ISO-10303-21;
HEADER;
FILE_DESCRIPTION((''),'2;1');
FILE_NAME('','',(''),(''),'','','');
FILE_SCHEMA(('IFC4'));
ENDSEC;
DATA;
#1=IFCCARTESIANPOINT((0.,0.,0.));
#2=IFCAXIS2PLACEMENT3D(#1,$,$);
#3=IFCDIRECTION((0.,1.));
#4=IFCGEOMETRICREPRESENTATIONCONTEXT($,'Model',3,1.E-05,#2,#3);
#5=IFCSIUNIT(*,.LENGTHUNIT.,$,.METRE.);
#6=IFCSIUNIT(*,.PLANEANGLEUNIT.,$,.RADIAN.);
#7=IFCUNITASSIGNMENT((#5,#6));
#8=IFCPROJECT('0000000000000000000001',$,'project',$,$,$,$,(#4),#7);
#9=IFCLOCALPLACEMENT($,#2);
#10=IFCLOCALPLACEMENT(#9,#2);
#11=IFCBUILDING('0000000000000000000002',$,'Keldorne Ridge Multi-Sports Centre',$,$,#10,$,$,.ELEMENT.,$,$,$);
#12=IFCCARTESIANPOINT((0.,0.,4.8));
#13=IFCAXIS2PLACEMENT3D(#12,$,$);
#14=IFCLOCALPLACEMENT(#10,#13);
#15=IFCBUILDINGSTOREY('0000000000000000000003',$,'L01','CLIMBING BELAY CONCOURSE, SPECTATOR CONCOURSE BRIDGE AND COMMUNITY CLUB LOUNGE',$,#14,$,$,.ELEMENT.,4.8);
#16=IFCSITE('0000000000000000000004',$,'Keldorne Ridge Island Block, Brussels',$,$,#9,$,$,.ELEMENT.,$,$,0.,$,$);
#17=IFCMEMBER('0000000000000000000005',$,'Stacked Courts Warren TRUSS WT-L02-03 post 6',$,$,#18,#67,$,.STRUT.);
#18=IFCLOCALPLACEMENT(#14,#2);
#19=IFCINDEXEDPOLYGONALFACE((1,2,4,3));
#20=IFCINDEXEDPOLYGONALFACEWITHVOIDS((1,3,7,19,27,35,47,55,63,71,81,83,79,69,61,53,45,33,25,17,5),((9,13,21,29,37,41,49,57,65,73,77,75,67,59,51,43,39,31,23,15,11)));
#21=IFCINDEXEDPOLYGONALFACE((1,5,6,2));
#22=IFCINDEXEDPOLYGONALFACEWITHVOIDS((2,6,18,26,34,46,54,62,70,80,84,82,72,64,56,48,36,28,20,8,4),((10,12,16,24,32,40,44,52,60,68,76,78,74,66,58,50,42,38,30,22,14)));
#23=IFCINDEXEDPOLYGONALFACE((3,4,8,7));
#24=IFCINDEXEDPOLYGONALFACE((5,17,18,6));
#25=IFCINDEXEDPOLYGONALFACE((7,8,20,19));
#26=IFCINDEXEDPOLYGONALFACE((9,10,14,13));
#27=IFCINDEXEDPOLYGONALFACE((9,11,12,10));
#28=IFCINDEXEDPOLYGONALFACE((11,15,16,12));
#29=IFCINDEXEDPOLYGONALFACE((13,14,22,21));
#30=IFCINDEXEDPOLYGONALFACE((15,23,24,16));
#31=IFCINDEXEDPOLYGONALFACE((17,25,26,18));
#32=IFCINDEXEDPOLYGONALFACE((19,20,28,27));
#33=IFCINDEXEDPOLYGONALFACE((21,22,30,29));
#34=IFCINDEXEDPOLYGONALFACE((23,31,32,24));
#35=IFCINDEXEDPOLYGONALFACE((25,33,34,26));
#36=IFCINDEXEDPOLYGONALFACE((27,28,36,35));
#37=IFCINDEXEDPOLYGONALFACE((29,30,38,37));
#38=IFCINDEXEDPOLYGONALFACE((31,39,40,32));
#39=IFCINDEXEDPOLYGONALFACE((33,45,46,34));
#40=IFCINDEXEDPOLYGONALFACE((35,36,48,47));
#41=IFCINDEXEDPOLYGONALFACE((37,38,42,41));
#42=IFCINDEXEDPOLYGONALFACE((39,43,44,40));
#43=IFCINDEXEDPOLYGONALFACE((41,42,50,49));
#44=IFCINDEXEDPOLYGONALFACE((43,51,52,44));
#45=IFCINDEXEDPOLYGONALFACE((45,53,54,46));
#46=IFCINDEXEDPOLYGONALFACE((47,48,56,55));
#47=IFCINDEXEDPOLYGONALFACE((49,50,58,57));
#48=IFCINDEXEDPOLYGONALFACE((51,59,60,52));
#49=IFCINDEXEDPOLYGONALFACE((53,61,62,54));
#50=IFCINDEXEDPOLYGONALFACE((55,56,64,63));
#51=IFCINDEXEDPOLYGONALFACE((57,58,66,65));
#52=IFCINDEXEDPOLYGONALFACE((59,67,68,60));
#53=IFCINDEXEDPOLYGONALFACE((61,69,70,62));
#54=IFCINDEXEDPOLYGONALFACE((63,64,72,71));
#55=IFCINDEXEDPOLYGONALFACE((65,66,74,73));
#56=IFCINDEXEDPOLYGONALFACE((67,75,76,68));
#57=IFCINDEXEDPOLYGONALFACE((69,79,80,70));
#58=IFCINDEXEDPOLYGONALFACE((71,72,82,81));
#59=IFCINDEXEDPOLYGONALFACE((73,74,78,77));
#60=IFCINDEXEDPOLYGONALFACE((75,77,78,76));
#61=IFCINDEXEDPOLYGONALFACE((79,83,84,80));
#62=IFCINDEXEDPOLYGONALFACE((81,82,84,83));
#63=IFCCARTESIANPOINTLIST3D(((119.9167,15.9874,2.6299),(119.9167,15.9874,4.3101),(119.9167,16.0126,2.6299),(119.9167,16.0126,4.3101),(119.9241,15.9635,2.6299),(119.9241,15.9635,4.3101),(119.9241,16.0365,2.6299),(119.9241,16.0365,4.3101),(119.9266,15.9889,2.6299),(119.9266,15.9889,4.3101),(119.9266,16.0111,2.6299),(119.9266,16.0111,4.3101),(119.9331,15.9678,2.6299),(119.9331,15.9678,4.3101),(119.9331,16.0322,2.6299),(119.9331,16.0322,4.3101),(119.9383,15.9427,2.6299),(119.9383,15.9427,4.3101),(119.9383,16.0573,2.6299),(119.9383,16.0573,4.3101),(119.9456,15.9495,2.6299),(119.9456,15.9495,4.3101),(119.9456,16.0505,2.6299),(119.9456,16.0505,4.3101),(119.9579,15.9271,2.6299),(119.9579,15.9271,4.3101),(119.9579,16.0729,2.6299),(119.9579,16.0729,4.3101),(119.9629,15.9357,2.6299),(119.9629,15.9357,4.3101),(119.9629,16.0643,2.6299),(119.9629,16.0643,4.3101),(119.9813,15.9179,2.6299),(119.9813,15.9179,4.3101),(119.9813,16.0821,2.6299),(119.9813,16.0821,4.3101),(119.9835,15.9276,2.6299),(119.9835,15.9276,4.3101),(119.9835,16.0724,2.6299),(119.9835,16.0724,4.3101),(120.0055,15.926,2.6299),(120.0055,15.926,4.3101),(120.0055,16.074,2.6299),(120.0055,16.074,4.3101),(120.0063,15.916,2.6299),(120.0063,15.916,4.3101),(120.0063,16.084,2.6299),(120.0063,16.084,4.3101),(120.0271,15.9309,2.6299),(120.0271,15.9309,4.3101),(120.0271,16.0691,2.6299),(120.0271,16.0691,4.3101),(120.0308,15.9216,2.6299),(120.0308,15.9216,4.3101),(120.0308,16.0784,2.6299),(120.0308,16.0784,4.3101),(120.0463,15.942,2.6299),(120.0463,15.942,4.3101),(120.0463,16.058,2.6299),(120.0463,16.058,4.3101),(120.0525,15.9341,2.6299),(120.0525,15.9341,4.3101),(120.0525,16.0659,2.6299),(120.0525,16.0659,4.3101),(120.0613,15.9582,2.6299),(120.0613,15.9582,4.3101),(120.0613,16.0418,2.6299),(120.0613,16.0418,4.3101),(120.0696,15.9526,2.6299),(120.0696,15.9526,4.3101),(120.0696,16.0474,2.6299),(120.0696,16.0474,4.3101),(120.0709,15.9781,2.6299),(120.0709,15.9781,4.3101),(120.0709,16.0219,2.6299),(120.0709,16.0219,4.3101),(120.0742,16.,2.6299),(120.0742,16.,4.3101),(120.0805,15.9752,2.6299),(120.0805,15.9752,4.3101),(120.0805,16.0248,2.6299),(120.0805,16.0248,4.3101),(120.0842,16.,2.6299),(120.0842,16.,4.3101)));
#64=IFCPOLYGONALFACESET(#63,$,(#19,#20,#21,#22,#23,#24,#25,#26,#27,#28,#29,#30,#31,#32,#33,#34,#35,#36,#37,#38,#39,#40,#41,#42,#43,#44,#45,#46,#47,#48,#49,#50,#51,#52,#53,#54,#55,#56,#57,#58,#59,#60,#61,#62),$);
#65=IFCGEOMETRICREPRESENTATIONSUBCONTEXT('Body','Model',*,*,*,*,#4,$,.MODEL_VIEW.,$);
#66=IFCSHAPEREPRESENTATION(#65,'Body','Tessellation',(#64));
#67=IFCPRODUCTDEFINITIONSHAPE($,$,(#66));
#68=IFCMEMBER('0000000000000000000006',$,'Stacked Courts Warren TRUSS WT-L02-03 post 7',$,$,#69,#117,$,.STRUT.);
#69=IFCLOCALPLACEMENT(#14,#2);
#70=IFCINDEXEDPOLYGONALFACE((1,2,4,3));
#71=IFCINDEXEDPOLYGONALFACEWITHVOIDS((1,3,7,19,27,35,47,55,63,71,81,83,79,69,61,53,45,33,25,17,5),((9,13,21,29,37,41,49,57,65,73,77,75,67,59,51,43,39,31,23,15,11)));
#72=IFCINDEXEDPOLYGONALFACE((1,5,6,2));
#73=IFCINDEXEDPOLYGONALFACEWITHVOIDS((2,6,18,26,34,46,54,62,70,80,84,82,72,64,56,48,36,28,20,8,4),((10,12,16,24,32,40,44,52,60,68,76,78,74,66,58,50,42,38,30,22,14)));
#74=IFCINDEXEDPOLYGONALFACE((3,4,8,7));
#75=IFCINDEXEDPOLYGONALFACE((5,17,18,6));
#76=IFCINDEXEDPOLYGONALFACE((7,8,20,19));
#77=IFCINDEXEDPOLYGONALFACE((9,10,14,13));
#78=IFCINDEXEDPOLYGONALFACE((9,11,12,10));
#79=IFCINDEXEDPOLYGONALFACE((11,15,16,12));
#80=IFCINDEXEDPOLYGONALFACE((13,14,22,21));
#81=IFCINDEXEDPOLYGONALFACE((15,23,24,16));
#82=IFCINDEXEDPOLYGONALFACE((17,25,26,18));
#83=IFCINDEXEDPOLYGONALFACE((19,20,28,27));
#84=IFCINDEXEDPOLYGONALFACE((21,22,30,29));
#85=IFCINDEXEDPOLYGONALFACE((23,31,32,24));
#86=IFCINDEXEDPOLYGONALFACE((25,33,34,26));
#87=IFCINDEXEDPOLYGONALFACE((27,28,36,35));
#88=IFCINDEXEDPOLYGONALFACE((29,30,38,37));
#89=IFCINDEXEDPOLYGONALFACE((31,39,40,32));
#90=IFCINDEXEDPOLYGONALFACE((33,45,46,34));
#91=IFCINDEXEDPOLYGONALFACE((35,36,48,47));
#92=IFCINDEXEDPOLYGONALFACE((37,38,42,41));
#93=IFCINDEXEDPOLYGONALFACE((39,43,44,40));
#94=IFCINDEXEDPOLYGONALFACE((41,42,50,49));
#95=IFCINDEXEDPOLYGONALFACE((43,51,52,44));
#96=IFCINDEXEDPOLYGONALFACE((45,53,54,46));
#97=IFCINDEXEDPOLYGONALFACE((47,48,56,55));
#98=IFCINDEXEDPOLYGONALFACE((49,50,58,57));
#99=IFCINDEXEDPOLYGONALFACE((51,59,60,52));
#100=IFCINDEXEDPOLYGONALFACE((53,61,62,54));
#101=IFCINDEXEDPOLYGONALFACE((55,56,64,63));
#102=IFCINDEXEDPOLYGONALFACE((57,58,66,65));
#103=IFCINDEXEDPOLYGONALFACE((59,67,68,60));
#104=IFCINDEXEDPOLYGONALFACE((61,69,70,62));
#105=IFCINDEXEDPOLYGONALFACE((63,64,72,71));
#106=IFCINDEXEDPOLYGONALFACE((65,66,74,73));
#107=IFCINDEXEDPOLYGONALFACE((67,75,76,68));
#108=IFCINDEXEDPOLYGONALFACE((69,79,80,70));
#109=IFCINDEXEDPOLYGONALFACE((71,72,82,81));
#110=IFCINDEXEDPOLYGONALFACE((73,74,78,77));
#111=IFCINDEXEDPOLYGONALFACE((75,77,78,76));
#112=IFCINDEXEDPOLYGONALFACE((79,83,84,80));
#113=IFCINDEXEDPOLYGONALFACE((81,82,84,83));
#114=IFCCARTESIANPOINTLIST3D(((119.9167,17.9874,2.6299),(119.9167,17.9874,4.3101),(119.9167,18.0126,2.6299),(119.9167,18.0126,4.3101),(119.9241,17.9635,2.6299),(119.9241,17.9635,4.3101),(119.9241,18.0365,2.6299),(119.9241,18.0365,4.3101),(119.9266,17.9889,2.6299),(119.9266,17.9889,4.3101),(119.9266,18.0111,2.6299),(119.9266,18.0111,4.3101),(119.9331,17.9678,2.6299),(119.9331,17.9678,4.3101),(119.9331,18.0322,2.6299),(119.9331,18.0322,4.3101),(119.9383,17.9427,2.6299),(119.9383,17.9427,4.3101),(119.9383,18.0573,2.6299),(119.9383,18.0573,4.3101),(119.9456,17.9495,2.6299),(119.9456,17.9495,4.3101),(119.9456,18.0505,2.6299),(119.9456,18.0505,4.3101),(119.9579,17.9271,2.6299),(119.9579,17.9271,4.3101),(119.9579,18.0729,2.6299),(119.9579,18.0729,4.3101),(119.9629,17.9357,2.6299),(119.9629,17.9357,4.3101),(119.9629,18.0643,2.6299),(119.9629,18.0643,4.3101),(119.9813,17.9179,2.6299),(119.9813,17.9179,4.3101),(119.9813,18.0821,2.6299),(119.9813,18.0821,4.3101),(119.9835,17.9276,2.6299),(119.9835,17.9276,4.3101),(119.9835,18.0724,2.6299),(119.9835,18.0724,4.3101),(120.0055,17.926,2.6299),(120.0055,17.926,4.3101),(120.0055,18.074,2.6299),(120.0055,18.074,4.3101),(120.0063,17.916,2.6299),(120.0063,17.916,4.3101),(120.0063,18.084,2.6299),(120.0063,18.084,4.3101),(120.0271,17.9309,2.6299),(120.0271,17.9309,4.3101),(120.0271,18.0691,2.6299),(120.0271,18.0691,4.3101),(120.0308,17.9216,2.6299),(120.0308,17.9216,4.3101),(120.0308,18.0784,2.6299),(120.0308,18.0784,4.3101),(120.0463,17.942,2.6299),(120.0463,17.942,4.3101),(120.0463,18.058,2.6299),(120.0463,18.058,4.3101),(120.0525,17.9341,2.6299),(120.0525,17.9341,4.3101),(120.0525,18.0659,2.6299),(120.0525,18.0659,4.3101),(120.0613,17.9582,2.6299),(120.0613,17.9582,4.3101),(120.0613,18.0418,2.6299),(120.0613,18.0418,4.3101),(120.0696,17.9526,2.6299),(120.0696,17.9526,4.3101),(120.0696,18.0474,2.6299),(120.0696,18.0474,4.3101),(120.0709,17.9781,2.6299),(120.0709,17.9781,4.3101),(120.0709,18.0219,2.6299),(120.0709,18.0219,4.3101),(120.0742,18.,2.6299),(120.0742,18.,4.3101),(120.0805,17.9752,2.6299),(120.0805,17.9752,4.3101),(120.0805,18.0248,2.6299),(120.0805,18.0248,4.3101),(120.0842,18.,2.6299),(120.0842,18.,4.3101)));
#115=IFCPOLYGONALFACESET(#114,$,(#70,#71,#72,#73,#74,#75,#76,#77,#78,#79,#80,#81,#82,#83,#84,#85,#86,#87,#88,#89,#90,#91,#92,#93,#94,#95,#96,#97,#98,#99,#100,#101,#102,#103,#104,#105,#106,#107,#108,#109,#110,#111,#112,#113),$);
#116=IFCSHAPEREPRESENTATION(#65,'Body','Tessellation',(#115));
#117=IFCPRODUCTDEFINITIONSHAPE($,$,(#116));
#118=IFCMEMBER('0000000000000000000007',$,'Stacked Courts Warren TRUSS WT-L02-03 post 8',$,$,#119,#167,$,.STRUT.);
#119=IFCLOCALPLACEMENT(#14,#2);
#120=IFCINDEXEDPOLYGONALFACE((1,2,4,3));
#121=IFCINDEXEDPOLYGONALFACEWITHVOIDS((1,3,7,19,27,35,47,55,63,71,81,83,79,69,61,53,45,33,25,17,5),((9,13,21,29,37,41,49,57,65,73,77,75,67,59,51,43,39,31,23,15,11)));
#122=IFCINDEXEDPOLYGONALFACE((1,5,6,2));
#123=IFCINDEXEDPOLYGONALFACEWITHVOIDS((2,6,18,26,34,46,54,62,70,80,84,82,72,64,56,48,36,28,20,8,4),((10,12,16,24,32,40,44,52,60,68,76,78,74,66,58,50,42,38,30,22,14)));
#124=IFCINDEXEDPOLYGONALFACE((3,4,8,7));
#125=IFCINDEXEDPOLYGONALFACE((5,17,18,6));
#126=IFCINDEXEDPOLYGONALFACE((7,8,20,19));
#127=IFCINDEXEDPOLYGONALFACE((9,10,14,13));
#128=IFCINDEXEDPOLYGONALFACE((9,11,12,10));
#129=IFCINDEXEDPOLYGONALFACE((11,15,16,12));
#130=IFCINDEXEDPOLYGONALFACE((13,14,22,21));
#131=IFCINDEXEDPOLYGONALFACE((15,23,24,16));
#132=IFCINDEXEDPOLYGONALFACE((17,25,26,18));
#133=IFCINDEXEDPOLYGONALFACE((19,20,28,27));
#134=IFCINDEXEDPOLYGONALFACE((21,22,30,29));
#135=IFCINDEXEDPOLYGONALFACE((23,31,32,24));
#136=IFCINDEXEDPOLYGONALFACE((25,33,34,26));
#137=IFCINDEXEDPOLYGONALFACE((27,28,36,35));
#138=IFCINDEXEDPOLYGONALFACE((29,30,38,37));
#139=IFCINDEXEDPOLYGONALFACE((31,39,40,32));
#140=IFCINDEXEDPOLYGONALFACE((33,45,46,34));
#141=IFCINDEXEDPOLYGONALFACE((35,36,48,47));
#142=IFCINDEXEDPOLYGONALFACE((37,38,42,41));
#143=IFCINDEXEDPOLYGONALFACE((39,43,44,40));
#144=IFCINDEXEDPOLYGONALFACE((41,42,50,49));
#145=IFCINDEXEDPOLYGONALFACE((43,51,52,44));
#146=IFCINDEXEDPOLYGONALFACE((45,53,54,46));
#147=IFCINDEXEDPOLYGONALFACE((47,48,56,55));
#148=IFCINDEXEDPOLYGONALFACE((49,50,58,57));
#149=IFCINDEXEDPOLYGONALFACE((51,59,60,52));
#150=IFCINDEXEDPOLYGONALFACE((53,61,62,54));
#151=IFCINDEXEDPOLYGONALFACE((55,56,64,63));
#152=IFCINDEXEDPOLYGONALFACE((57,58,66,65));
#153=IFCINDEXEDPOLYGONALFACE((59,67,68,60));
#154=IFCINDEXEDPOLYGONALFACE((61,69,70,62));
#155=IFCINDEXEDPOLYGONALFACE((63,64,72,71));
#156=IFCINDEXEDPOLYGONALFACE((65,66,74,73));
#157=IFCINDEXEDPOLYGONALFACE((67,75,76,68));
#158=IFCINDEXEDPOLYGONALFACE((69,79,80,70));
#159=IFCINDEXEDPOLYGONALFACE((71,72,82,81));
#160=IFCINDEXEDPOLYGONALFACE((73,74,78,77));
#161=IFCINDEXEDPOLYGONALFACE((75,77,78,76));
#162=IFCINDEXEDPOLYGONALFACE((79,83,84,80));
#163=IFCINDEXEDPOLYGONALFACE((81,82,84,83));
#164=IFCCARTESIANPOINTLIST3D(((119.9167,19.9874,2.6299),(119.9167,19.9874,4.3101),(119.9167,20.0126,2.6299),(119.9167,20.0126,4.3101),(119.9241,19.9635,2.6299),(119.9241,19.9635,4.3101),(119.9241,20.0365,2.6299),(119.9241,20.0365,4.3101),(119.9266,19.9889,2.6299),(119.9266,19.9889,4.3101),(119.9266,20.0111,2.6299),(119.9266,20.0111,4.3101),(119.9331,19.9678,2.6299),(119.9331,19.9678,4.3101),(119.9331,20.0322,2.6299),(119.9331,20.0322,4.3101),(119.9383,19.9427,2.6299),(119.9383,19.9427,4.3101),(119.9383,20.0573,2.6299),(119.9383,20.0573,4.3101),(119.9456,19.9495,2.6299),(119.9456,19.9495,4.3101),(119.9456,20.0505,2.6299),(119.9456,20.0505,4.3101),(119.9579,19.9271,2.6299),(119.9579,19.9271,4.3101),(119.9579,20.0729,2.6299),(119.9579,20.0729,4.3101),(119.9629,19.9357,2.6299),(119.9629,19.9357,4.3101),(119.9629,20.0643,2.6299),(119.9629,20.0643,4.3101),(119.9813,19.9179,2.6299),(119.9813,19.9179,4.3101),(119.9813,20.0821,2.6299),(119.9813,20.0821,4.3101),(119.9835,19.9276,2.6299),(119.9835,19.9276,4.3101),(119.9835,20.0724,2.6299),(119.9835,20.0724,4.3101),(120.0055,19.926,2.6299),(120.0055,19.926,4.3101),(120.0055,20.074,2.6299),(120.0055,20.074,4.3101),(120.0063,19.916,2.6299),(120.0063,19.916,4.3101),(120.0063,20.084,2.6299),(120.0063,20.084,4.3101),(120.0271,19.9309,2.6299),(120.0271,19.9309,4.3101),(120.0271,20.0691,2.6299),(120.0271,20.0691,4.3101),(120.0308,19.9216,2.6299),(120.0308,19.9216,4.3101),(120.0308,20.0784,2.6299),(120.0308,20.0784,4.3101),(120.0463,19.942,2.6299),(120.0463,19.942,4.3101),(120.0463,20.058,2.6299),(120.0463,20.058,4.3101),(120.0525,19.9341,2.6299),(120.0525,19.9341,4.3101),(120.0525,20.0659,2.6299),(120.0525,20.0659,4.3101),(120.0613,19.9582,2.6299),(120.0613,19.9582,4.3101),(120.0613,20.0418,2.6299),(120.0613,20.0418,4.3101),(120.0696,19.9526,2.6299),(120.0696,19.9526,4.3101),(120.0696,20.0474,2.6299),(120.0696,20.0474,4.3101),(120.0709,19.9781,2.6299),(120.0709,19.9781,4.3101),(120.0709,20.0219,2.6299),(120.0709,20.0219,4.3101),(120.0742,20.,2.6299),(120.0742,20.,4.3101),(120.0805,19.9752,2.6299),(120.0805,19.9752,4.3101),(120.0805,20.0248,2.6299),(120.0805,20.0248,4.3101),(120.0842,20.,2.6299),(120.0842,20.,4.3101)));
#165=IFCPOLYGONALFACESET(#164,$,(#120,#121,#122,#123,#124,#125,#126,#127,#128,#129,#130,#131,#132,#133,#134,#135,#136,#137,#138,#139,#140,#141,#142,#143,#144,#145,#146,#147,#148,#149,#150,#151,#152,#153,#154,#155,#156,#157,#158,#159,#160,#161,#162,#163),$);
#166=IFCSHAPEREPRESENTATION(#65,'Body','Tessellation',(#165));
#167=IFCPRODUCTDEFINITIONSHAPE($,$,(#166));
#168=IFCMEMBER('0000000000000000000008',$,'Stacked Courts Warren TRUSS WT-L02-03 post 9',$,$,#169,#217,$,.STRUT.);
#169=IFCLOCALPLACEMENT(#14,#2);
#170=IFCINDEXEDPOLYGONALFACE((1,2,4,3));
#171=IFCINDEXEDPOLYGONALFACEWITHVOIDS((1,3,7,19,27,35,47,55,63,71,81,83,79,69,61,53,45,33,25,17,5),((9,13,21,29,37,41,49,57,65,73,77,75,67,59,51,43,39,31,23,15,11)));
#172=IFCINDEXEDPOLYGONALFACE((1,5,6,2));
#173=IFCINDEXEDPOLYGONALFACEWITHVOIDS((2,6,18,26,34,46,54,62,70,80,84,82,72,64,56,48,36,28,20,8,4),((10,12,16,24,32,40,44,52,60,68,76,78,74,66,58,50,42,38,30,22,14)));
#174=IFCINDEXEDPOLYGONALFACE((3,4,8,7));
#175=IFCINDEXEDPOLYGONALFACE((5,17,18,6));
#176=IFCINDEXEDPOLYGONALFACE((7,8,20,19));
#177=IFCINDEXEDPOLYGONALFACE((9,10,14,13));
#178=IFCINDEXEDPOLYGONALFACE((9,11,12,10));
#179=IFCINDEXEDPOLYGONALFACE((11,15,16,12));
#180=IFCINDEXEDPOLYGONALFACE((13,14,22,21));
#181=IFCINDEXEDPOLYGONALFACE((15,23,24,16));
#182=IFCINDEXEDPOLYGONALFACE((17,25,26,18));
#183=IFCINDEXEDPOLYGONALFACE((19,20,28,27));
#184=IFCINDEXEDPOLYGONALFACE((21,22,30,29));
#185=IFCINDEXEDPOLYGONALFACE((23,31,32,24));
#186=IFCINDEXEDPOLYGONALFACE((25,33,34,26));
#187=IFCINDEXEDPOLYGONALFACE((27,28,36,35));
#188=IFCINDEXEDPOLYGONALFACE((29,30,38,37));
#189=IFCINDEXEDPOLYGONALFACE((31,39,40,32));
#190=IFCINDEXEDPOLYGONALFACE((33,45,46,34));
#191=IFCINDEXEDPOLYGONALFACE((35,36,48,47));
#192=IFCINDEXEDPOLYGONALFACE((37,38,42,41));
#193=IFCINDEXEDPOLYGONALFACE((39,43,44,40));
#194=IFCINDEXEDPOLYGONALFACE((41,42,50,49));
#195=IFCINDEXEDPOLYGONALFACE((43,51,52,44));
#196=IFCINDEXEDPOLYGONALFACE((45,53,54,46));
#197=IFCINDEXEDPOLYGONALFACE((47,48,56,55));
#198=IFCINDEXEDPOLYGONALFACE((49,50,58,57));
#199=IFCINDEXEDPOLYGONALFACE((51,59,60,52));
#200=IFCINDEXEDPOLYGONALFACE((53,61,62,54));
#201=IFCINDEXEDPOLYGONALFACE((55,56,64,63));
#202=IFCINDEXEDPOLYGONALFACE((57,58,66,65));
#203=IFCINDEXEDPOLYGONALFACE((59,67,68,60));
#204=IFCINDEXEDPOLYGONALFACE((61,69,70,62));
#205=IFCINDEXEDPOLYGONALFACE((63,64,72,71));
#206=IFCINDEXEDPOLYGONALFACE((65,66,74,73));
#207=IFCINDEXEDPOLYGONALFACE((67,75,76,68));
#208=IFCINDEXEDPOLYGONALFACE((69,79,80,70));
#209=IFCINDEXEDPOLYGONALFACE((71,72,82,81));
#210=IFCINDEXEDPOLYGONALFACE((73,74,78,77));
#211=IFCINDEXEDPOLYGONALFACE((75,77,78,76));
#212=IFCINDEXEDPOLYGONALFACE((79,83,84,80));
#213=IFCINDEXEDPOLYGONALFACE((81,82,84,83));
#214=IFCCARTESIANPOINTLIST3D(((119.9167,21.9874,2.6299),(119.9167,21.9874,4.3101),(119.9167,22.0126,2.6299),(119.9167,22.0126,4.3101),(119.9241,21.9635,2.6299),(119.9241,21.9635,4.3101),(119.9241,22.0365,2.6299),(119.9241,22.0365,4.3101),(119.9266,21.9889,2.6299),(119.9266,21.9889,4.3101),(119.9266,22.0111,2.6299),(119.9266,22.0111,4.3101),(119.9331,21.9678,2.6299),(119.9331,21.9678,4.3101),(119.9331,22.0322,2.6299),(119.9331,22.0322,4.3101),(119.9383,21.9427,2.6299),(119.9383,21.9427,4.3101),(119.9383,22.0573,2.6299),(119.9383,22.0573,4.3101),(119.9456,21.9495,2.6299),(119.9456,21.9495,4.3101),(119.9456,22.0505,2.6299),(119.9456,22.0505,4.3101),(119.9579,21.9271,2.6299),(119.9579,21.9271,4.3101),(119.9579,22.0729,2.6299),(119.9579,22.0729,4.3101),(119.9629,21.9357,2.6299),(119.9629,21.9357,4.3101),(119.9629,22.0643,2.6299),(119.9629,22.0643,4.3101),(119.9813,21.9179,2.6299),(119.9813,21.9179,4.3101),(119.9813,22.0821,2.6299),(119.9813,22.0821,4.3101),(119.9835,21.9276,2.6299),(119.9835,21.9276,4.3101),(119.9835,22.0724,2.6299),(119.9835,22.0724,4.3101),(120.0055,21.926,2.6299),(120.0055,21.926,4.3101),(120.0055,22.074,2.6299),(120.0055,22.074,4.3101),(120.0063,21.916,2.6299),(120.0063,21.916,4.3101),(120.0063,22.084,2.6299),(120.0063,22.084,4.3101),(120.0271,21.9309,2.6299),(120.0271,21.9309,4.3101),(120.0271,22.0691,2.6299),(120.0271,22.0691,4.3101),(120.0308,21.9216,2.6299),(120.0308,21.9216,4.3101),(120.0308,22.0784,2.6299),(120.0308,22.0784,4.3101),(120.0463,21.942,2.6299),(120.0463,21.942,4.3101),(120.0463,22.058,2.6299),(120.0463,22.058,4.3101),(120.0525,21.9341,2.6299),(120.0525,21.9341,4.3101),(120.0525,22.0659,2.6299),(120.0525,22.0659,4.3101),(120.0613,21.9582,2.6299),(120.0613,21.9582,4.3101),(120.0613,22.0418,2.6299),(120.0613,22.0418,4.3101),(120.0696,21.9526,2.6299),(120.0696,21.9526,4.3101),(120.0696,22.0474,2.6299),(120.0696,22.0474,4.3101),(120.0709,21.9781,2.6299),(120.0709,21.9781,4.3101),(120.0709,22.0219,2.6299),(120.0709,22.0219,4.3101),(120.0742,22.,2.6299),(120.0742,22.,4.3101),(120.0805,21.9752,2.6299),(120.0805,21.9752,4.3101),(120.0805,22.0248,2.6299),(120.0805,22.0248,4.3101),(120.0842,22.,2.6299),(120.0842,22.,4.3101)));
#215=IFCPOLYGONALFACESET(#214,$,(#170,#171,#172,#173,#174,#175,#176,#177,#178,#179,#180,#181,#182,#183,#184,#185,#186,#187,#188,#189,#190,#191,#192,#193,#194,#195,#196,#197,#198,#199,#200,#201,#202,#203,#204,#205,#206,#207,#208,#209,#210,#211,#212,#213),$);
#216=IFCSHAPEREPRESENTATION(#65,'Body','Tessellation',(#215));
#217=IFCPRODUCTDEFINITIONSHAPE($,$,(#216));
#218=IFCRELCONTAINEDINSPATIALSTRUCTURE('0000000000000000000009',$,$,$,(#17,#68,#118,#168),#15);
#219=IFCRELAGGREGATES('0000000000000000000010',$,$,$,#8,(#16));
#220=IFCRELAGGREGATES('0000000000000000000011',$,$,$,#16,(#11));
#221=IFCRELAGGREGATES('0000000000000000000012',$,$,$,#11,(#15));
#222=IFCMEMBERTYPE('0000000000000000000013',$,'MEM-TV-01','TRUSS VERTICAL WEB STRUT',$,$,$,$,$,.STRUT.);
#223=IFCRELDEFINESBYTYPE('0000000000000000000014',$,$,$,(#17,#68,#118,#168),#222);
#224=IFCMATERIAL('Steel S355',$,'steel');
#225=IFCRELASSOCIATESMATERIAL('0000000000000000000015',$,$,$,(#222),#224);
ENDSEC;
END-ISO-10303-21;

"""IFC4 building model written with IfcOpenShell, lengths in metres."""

from ifc_helpers import new_model, si_unit, direction, frame, origin, origin_2d, place, context, subcontext, project, spatial, hollow_circle, extrude, material, material_profile, profile_set, type_object, element, save


model = new_model("IFC4")

# Units and contexts
model_context = context("Model", 3, precision=1e-05, world=origin(), true_north=direction((0.0, 1.0)))
body_context = subcontext(model_context, "Body", "Model", "MODEL_VIEW")
ifc_project = project(units=[si_unit("LENGTHUNIT", "METRE"), si_unit("PLANEANGLEUNIT", "RADIAN")], contexts=[model_context])

# Site, building, storey
site_placement = place(None, origin())
site = spatial("IfcSite", under=ifc_project, at=site_placement, Name="Keldorne Ridge Island Block, Brussels", CompositionType="ELEMENT", RefElevation=0.0)
building_placement = place(site_placement, origin())
building = spatial("IfcBuilding", under=site, at=building_placement, Name="Keldorne Ridge Multi-Sports Centre", CompositionType="ELEMENT")
storey_placement = place(building_placement, frame((0.0, 0.0, 4.8)))
storey = spatial("IfcBuildingStorey", under=building, at=storey_placement, Name="L01", Description="CLIMBING BELAY CONCOURSE, SPECTATOR CONCOURSE BRIDGE AND COMMUNITY CLUB LOUNGE", CompositionType="ELEMENT", Elevation=4.8)

# Members
ifc_material = material(Name="Steel S355", Category="steel")
ifc_material_profile_1 = material_profile(ifc_material, hollow_circle(Radius=0.0842, WallThickness=0.01, at=origin_2d()), Name="CHS 168.3x10")
ifc_profile_set_1 = profile_set([ifc_material_profile_1], Name="Steel S355")
member_type_1 = type_object("IfcMemberType", Name="MEM-TV-01", Description="TRUSS VERTICAL WEB STRUT", PredefinedType="STRUT", material=ifc_profile_set_1)
for number, where, z_axis, x_axis, name in (
    (1, (120.0, 16.0, 2.6299), (0.0, 0.0, 1.0), (1.0, 0.0, 0.0), "Stacked Courts Warren TRUSS WT-L02-03 post 6"),
    (2, (120.0, 18.0, 2.6299), (0.0, 0.0, 1.0), (1.0, 0.0, 0.0), "Stacked Courts Warren TRUSS WT-L02-03 post 7"),
    (3, (120.0, 20.0, 2.6299), (0.0, 0.0, 1.0), (1.0, 0.0, 0.0), "Stacked Courts Warren TRUSS WT-L02-03 post 8"),
    (4, (120.0, 22.0, 2.6299), (0.0, 0.0, 1.0), (1.0, 0.0, 0.0), "Stacked Courts Warren TRUSS WT-L02-03 post 9"),
):
    element("IfcMember", number, at=place(storey_placement, frame(where, z_axis=z_axis, x_axis=x_axis)), inside=storey, type_object=member_type_1, Name=name, PredefinedType="STRUT", context=body_context, shape_type="SweptSolid", body=[
        extrude(hollow_circle(Radius=0.0842, WallThickness=0.01, at=origin_2d()), origin(), (0.0, 0.0, 1.0), 1.6802),
    ])

save(model, "model.ifc")
